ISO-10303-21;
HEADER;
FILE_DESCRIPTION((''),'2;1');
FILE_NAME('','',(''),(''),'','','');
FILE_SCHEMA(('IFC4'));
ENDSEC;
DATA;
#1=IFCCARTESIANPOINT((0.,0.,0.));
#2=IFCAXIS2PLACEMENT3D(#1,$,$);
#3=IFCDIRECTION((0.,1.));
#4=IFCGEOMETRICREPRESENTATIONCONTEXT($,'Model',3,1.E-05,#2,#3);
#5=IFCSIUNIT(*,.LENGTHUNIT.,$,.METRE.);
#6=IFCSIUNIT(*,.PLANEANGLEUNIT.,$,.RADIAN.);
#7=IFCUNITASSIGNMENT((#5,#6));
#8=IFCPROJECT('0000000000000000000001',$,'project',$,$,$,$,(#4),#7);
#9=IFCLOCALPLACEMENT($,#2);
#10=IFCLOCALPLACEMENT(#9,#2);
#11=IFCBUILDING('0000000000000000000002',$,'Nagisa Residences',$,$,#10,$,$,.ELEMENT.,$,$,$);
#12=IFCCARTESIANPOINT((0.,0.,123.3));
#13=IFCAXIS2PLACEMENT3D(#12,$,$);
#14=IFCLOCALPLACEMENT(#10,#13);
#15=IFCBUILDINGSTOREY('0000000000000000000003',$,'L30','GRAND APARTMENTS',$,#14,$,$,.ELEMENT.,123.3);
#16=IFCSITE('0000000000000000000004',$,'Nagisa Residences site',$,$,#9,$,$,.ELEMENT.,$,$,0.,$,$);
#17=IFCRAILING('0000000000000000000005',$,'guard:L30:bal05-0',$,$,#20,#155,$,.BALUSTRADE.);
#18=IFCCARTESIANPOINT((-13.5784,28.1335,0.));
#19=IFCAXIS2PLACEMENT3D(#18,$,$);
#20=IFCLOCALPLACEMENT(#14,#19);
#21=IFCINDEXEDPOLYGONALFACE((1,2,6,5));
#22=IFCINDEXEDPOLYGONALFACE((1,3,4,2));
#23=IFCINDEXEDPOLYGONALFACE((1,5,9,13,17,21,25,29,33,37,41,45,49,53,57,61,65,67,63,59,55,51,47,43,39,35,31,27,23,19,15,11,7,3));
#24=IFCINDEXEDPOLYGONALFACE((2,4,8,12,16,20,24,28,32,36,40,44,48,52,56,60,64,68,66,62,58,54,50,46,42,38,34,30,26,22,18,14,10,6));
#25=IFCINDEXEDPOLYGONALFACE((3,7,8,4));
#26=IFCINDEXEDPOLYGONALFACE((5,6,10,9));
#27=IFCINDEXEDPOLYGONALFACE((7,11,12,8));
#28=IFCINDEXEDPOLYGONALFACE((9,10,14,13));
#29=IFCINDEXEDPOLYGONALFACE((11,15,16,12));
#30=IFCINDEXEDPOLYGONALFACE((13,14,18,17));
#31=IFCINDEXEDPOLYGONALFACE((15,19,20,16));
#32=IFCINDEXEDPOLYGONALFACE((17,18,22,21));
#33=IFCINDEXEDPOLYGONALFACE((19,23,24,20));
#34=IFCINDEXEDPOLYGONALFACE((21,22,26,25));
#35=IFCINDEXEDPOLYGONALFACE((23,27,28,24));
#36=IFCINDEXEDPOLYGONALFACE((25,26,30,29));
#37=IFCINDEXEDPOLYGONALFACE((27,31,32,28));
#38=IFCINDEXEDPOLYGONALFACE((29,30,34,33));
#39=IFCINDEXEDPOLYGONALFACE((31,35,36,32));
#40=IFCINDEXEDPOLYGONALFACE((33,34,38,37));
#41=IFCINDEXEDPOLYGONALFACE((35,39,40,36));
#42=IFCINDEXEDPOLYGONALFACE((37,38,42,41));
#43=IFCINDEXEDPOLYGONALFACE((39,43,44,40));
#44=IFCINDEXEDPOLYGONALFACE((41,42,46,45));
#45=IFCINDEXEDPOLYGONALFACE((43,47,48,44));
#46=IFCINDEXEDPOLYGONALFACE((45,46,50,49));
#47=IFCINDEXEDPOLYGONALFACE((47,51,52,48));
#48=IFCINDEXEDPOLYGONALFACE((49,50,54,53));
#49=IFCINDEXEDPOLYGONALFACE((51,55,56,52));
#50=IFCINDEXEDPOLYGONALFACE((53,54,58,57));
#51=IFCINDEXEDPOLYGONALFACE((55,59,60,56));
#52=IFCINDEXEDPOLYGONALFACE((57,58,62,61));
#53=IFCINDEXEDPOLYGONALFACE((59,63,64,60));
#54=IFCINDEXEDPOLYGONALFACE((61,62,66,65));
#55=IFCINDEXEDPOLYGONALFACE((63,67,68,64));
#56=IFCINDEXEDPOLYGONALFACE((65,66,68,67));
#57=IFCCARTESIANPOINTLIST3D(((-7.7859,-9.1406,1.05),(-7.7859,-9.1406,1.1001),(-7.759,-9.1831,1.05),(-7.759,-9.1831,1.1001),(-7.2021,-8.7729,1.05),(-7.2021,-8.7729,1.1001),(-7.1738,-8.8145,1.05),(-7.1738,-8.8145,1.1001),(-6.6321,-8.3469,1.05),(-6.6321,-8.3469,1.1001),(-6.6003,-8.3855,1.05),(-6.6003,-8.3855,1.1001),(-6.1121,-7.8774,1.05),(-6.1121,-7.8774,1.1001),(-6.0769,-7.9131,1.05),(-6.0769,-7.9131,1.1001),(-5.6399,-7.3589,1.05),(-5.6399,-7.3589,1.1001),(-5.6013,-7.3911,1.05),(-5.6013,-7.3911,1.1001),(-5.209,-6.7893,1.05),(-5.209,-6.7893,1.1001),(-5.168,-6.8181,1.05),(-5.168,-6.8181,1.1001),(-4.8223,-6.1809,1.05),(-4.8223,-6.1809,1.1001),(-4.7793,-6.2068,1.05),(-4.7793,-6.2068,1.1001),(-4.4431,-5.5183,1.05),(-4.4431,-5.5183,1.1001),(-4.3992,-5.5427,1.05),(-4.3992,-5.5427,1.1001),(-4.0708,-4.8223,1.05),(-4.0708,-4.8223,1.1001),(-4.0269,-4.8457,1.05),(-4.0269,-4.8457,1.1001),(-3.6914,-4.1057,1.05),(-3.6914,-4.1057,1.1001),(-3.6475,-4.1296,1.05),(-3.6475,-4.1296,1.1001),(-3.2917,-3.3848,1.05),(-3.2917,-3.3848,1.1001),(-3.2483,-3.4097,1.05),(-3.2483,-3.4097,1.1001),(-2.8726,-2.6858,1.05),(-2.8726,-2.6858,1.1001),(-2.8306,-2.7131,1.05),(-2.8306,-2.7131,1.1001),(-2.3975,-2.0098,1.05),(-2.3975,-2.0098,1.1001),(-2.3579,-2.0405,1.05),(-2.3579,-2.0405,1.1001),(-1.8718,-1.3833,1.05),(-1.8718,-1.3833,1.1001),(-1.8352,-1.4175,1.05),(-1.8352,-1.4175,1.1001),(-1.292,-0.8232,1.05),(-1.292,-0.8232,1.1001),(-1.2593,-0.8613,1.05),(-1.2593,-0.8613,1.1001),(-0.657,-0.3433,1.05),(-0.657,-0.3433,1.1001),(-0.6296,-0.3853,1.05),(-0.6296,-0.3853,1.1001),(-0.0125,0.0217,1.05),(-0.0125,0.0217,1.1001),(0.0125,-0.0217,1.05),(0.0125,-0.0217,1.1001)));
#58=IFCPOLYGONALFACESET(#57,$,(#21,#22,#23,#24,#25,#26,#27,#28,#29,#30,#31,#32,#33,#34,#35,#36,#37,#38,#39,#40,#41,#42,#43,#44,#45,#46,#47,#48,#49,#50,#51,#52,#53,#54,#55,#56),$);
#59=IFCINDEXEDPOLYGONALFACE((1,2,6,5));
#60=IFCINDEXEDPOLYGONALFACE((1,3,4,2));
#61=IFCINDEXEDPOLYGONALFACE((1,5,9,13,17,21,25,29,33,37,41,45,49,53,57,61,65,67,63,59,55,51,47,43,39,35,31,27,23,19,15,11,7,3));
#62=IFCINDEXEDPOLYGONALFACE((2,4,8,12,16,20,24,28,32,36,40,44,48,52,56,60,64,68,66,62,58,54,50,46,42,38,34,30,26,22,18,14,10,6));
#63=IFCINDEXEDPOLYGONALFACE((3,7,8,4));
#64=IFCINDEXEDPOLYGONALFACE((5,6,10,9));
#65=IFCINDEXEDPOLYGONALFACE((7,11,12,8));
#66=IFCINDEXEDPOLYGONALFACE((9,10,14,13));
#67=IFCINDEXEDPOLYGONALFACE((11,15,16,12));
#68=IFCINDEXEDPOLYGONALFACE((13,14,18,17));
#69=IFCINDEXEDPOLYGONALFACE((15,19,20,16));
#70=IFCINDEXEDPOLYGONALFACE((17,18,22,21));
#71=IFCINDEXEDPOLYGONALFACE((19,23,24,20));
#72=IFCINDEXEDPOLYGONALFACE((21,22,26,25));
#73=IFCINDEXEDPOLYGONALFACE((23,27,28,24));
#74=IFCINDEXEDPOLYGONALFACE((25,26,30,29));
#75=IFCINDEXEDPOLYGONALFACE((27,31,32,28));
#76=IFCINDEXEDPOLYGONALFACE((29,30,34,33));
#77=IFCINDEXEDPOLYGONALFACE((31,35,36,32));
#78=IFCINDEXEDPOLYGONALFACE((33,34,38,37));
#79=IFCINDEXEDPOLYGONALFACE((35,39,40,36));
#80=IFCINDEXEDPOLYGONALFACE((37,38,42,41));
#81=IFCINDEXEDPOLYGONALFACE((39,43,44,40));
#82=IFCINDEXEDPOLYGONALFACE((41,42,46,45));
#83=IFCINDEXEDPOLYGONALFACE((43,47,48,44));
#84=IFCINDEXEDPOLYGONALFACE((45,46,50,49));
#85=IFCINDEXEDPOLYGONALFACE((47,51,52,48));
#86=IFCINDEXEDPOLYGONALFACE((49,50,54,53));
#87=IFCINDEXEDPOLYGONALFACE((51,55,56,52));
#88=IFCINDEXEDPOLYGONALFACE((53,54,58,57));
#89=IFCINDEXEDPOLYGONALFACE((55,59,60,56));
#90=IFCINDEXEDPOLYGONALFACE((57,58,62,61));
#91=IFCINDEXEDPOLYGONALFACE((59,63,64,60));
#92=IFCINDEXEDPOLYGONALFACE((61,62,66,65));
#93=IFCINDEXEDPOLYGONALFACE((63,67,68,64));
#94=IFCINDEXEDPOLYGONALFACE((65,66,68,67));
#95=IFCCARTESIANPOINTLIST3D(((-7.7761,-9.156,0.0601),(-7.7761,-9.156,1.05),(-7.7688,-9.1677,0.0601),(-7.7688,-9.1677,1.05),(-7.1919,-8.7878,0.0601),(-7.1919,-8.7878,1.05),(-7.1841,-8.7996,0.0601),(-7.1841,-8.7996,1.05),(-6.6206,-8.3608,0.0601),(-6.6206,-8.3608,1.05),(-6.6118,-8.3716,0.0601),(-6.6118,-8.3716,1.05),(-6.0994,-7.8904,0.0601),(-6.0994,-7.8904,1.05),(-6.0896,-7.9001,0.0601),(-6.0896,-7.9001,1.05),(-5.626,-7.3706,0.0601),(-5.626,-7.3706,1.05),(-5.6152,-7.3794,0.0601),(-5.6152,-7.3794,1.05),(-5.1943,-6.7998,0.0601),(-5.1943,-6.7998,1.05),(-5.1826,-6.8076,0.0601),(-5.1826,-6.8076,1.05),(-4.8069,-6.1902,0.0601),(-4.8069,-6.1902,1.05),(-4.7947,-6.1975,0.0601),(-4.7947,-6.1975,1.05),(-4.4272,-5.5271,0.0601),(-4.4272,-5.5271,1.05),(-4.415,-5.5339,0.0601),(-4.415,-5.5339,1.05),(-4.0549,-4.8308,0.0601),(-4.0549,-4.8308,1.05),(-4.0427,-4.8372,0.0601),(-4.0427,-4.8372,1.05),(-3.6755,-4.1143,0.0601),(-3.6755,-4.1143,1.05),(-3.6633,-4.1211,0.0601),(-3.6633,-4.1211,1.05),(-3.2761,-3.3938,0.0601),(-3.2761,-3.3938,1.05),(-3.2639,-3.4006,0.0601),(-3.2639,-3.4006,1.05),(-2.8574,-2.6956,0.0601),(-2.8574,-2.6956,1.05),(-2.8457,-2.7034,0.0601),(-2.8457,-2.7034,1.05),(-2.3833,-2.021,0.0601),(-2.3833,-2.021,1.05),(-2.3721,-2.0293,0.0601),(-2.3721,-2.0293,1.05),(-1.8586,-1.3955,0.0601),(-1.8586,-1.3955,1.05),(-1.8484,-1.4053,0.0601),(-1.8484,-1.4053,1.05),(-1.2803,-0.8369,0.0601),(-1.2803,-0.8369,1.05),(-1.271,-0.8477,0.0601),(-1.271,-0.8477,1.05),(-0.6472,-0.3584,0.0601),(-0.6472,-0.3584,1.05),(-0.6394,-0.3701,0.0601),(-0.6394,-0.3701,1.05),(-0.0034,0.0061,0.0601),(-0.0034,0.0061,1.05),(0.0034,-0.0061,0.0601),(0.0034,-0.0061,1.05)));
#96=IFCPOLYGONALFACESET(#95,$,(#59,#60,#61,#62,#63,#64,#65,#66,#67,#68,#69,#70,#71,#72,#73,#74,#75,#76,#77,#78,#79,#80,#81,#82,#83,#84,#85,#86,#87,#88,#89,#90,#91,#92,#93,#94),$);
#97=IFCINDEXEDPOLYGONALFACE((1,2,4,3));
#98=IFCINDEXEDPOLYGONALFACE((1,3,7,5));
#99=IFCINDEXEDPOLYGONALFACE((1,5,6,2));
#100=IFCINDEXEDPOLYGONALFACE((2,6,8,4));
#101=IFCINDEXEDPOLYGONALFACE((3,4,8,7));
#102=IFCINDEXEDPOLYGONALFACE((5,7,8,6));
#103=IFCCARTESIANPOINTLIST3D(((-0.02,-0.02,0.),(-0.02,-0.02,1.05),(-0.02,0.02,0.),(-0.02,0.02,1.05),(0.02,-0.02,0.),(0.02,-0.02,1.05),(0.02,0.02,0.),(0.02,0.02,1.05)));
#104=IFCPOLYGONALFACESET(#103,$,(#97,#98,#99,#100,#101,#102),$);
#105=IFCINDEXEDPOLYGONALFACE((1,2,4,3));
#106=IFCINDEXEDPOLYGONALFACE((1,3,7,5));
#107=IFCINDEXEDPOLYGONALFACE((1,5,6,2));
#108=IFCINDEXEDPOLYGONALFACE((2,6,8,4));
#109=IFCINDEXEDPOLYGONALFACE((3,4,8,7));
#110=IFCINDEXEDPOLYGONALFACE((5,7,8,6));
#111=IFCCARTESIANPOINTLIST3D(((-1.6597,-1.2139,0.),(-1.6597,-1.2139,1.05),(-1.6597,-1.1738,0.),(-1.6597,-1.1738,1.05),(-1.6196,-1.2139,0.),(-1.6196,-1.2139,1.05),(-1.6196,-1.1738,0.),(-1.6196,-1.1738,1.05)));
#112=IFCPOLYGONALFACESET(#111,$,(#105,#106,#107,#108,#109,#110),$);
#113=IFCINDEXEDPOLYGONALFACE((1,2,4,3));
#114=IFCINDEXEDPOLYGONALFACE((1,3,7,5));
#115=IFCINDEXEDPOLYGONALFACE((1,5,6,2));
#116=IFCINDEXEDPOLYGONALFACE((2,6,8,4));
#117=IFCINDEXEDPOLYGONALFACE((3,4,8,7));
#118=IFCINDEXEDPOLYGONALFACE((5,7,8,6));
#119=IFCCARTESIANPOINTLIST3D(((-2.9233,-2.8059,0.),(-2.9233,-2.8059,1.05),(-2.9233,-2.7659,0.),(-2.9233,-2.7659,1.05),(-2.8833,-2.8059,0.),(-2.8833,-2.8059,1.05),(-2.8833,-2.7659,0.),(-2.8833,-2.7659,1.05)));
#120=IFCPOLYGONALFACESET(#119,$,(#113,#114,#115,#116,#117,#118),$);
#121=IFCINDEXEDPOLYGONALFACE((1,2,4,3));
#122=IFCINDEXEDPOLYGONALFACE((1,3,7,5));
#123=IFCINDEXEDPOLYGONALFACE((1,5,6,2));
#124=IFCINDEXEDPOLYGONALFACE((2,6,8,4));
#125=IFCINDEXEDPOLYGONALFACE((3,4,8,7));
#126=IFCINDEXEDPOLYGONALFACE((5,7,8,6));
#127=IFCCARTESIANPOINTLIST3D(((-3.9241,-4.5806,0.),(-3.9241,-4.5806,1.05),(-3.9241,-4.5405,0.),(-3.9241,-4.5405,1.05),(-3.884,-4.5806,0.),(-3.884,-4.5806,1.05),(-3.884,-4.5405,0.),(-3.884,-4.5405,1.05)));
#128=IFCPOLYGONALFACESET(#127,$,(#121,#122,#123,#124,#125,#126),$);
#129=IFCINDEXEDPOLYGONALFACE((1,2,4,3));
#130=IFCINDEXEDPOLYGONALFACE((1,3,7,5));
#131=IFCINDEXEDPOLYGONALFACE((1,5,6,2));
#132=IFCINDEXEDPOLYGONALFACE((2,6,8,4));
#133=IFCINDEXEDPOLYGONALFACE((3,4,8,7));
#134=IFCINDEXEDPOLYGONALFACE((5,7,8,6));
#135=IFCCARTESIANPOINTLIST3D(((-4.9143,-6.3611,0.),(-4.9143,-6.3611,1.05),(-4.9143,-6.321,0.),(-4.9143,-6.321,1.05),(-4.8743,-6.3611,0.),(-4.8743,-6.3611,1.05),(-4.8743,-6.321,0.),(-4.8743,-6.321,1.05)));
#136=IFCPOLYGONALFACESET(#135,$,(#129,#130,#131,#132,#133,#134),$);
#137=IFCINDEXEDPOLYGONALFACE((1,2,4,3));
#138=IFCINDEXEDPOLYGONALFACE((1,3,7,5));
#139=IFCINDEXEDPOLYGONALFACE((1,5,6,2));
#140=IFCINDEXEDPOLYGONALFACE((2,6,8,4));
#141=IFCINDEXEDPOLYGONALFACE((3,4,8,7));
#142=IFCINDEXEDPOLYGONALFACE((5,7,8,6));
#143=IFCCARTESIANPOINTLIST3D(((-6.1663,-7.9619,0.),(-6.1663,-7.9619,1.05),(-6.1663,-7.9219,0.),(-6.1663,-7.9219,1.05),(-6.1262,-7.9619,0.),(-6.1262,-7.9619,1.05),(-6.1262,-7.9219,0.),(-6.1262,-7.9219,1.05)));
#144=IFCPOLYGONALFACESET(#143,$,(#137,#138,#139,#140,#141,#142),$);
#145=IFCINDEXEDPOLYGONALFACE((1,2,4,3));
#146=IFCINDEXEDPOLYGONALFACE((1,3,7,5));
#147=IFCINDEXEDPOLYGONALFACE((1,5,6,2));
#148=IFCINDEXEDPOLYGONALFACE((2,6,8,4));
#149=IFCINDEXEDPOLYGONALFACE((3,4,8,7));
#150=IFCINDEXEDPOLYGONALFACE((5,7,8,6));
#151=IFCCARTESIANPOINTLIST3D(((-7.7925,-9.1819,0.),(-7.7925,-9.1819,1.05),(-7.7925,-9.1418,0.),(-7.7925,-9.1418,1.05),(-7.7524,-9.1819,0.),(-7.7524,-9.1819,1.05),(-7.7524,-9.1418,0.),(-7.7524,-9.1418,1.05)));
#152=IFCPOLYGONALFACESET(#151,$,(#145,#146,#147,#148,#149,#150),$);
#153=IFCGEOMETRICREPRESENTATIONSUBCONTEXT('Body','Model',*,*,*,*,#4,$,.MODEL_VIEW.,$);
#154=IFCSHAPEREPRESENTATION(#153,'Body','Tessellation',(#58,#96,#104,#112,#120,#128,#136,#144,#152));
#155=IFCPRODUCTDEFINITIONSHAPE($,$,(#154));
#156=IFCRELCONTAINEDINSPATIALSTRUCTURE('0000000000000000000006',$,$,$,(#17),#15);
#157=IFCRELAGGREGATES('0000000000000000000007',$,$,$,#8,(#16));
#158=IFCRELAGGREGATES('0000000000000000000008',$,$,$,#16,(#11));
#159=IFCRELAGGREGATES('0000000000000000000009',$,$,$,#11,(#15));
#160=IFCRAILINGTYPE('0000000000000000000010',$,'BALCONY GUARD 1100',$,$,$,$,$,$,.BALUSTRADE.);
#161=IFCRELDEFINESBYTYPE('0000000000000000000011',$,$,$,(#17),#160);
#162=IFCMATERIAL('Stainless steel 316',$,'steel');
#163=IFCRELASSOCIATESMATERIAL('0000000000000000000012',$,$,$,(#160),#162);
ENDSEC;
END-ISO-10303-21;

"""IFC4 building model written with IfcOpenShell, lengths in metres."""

from ifc_helpers import new_model, si_unit, direction, frame, origin, origin_2d, place, context, subcontext, project, spatial, polyline, rectangle, outline, extrude, material, type_object, element, save


model = new_model("IFC4")

# Units and contexts
model_context = context("Model", 3, precision=1e-05, world=origin(), true_north=direction((0.0, 1.0)))
body_context = subcontext(model_context, "Body", "Model", "MODEL_VIEW")
ifc_project = project(units=[si_unit("LENGTHUNIT", "METRE"), si_unit("PLANEANGLEUNIT", "RADIAN")], contexts=[model_context])

# Site, building, storey
site_placement = place(None, origin())
site = spatial("IfcSite", under=ifc_project, at=site_placement, Name="Nagisa Residences site", CompositionType="ELEMENT", RefElevation=0.0)
building_placement = place(site_placement, origin())
building = spatial("IfcBuilding", under=site, at=building_placement, Name="Nagisa Residences", CompositionType="ELEMENT")
storey_placement = place(building_placement, frame((0.0, 0.0, 123.3)))
storey = spatial("IfcBuildingStorey", under=building, at=storey_placement, Name="L30", Description="GRAND APARTMENTS", CompositionType="ELEMENT", Elevation=123.3)

# Railing
ifc_material_1 = material(Name="Stainless steel 316", Category="steel")
railing_type = type_object("IfcRailingType", Name="BALCONY GUARD 1100", PredefinedType="BALUSTRADE", material=ifc_material_1)
railing_1_placement = place(storey_placement, frame((-13.5784, 28.1335, 0.0)))
element("IfcRailing", 1, at=railing_1_placement, inside=storey, type_object=railing_type, Name="guard:L30:bal05-0", PredefinedType="BALUSTRADE", context=body_context, shape_type="SweptSolid", body=[
    extrude(outline(polyline([(-0.6296, -0.3853), (0.0125, -0.0217), (-0.0125, 0.0217), (-0.657, -0.3433), (-1.292, -0.8232), (-1.8718, -1.3833), (-2.3975, -2.0098), (-2.8726, -2.6858), (-3.2917, -3.3848), (-3.6914, -4.1057), (-4.0708, -4.8223), (-4.4431, -5.5183), (-4.8223, -6.1809), (-5.209, -6.7893), (-5.6399, -7.3589), (-6.1121, -7.8774), (-6.6321, -8.3469), (-7.2021, -8.7729), (-7.7859, -9.1406), (-7.759, -9.1831), (-7.1738, -8.8145), (-6.6003, -8.3855), (-6.0769, -7.9131), (-5.6013, -7.3911), (-5.168, -6.8181), (-4.7793, -6.2068), (-4.3992, -5.5427), (-4.0269, -4.8457), (-3.6475, -4.1296), (-3.2483, -3.4097), (-2.8306, -2.7131), (-2.3579, -2.0405), (-1.8352, -1.4175), (-1.2593, -0.8613), (-0.6296, -0.3853)])), frame((0.0, 0.0, 1.05)), (0.0, 0.0, 1.0), 0.05),
    extrude(outline(polyline([(-0.6394, -0.3701), (0.0034, -0.0061), (-0.0034, 0.0061), (-0.6472, -0.3584), (-1.2803, -0.8369), (-1.8586, -1.3955), (-2.3833, -2.021), (-2.8574, -2.6956), (-3.2761, -3.3938), (-3.6755, -4.1143), (-4.0549, -4.8308), (-4.4272, -5.5271), (-4.8069, -6.1902), (-5.1943, -6.7998), (-5.626, -7.3706), (-6.0994, -7.8904), (-6.6206, -8.3608), (-7.1919, -8.7878), (-7.7761, -9.156), (-7.7688, -9.1677), (-7.1841, -8.7996), (-6.6118, -8.3716), (-6.0896, -7.9001), (-5.6152, -7.3794), (-5.1826, -6.8076), (-4.7947, -6.1975), (-4.415, -5.5339), (-4.0427, -4.8372), (-3.6633, -4.1211), (-3.2639, -3.4006), (-2.8457, -2.7034), (-2.3721, -2.0293), (-1.8484, -1.4053), (-1.271, -0.8477), (-0.6394, -0.3701)])), frame((0.0, 0.0, 0.0601)), (0.0, 0.0, 1.0), 0.99),
    extrude(rectangle(XDim=0.04, YDim=0.04, at=origin_2d()), origin(), (0.0, 0.0, 1.0), 1.05),
    extrude(rectangle(XDim=0.04, YDim=0.04, at=origin_2d()), frame((-1.6396, -1.1938, 0.0)), (0.0, 0.0, 1.0), 1.05),
    extrude(rectangle(XDim=0.04, YDim=0.04, at=origin_2d()), frame((-2.9033, -2.7859, 0.0)), (0.0, 0.0, 1.0), 1.05),
    extrude(rectangle(XDim=0.04, YDim=0.04, at=origin_2d()), frame((-3.9041, -4.5605, 0.0)), (0.0, 0.0, 1.0), 1.05),
    extrude(rectangle(XDim=0.04, YDim=0.04, at=origin_2d()), frame((-4.8943, -6.3411, 0.0)), (0.0, 0.0, 1.0), 1.05),
    extrude(rectangle(XDim=0.04, YDim=0.04, at=origin_2d()), frame((-6.1462, -7.9419, 0.0)), (0.0, 0.0, 1.0), 1.05),
    extrude(rectangle(XDim=0.04, YDim=0.04, at=origin_2d()), frame((-7.7725, -9.1619, 0.0)), (0.0, 0.0, 1.0), 1.05),
])

save(model, "model.ifc")
